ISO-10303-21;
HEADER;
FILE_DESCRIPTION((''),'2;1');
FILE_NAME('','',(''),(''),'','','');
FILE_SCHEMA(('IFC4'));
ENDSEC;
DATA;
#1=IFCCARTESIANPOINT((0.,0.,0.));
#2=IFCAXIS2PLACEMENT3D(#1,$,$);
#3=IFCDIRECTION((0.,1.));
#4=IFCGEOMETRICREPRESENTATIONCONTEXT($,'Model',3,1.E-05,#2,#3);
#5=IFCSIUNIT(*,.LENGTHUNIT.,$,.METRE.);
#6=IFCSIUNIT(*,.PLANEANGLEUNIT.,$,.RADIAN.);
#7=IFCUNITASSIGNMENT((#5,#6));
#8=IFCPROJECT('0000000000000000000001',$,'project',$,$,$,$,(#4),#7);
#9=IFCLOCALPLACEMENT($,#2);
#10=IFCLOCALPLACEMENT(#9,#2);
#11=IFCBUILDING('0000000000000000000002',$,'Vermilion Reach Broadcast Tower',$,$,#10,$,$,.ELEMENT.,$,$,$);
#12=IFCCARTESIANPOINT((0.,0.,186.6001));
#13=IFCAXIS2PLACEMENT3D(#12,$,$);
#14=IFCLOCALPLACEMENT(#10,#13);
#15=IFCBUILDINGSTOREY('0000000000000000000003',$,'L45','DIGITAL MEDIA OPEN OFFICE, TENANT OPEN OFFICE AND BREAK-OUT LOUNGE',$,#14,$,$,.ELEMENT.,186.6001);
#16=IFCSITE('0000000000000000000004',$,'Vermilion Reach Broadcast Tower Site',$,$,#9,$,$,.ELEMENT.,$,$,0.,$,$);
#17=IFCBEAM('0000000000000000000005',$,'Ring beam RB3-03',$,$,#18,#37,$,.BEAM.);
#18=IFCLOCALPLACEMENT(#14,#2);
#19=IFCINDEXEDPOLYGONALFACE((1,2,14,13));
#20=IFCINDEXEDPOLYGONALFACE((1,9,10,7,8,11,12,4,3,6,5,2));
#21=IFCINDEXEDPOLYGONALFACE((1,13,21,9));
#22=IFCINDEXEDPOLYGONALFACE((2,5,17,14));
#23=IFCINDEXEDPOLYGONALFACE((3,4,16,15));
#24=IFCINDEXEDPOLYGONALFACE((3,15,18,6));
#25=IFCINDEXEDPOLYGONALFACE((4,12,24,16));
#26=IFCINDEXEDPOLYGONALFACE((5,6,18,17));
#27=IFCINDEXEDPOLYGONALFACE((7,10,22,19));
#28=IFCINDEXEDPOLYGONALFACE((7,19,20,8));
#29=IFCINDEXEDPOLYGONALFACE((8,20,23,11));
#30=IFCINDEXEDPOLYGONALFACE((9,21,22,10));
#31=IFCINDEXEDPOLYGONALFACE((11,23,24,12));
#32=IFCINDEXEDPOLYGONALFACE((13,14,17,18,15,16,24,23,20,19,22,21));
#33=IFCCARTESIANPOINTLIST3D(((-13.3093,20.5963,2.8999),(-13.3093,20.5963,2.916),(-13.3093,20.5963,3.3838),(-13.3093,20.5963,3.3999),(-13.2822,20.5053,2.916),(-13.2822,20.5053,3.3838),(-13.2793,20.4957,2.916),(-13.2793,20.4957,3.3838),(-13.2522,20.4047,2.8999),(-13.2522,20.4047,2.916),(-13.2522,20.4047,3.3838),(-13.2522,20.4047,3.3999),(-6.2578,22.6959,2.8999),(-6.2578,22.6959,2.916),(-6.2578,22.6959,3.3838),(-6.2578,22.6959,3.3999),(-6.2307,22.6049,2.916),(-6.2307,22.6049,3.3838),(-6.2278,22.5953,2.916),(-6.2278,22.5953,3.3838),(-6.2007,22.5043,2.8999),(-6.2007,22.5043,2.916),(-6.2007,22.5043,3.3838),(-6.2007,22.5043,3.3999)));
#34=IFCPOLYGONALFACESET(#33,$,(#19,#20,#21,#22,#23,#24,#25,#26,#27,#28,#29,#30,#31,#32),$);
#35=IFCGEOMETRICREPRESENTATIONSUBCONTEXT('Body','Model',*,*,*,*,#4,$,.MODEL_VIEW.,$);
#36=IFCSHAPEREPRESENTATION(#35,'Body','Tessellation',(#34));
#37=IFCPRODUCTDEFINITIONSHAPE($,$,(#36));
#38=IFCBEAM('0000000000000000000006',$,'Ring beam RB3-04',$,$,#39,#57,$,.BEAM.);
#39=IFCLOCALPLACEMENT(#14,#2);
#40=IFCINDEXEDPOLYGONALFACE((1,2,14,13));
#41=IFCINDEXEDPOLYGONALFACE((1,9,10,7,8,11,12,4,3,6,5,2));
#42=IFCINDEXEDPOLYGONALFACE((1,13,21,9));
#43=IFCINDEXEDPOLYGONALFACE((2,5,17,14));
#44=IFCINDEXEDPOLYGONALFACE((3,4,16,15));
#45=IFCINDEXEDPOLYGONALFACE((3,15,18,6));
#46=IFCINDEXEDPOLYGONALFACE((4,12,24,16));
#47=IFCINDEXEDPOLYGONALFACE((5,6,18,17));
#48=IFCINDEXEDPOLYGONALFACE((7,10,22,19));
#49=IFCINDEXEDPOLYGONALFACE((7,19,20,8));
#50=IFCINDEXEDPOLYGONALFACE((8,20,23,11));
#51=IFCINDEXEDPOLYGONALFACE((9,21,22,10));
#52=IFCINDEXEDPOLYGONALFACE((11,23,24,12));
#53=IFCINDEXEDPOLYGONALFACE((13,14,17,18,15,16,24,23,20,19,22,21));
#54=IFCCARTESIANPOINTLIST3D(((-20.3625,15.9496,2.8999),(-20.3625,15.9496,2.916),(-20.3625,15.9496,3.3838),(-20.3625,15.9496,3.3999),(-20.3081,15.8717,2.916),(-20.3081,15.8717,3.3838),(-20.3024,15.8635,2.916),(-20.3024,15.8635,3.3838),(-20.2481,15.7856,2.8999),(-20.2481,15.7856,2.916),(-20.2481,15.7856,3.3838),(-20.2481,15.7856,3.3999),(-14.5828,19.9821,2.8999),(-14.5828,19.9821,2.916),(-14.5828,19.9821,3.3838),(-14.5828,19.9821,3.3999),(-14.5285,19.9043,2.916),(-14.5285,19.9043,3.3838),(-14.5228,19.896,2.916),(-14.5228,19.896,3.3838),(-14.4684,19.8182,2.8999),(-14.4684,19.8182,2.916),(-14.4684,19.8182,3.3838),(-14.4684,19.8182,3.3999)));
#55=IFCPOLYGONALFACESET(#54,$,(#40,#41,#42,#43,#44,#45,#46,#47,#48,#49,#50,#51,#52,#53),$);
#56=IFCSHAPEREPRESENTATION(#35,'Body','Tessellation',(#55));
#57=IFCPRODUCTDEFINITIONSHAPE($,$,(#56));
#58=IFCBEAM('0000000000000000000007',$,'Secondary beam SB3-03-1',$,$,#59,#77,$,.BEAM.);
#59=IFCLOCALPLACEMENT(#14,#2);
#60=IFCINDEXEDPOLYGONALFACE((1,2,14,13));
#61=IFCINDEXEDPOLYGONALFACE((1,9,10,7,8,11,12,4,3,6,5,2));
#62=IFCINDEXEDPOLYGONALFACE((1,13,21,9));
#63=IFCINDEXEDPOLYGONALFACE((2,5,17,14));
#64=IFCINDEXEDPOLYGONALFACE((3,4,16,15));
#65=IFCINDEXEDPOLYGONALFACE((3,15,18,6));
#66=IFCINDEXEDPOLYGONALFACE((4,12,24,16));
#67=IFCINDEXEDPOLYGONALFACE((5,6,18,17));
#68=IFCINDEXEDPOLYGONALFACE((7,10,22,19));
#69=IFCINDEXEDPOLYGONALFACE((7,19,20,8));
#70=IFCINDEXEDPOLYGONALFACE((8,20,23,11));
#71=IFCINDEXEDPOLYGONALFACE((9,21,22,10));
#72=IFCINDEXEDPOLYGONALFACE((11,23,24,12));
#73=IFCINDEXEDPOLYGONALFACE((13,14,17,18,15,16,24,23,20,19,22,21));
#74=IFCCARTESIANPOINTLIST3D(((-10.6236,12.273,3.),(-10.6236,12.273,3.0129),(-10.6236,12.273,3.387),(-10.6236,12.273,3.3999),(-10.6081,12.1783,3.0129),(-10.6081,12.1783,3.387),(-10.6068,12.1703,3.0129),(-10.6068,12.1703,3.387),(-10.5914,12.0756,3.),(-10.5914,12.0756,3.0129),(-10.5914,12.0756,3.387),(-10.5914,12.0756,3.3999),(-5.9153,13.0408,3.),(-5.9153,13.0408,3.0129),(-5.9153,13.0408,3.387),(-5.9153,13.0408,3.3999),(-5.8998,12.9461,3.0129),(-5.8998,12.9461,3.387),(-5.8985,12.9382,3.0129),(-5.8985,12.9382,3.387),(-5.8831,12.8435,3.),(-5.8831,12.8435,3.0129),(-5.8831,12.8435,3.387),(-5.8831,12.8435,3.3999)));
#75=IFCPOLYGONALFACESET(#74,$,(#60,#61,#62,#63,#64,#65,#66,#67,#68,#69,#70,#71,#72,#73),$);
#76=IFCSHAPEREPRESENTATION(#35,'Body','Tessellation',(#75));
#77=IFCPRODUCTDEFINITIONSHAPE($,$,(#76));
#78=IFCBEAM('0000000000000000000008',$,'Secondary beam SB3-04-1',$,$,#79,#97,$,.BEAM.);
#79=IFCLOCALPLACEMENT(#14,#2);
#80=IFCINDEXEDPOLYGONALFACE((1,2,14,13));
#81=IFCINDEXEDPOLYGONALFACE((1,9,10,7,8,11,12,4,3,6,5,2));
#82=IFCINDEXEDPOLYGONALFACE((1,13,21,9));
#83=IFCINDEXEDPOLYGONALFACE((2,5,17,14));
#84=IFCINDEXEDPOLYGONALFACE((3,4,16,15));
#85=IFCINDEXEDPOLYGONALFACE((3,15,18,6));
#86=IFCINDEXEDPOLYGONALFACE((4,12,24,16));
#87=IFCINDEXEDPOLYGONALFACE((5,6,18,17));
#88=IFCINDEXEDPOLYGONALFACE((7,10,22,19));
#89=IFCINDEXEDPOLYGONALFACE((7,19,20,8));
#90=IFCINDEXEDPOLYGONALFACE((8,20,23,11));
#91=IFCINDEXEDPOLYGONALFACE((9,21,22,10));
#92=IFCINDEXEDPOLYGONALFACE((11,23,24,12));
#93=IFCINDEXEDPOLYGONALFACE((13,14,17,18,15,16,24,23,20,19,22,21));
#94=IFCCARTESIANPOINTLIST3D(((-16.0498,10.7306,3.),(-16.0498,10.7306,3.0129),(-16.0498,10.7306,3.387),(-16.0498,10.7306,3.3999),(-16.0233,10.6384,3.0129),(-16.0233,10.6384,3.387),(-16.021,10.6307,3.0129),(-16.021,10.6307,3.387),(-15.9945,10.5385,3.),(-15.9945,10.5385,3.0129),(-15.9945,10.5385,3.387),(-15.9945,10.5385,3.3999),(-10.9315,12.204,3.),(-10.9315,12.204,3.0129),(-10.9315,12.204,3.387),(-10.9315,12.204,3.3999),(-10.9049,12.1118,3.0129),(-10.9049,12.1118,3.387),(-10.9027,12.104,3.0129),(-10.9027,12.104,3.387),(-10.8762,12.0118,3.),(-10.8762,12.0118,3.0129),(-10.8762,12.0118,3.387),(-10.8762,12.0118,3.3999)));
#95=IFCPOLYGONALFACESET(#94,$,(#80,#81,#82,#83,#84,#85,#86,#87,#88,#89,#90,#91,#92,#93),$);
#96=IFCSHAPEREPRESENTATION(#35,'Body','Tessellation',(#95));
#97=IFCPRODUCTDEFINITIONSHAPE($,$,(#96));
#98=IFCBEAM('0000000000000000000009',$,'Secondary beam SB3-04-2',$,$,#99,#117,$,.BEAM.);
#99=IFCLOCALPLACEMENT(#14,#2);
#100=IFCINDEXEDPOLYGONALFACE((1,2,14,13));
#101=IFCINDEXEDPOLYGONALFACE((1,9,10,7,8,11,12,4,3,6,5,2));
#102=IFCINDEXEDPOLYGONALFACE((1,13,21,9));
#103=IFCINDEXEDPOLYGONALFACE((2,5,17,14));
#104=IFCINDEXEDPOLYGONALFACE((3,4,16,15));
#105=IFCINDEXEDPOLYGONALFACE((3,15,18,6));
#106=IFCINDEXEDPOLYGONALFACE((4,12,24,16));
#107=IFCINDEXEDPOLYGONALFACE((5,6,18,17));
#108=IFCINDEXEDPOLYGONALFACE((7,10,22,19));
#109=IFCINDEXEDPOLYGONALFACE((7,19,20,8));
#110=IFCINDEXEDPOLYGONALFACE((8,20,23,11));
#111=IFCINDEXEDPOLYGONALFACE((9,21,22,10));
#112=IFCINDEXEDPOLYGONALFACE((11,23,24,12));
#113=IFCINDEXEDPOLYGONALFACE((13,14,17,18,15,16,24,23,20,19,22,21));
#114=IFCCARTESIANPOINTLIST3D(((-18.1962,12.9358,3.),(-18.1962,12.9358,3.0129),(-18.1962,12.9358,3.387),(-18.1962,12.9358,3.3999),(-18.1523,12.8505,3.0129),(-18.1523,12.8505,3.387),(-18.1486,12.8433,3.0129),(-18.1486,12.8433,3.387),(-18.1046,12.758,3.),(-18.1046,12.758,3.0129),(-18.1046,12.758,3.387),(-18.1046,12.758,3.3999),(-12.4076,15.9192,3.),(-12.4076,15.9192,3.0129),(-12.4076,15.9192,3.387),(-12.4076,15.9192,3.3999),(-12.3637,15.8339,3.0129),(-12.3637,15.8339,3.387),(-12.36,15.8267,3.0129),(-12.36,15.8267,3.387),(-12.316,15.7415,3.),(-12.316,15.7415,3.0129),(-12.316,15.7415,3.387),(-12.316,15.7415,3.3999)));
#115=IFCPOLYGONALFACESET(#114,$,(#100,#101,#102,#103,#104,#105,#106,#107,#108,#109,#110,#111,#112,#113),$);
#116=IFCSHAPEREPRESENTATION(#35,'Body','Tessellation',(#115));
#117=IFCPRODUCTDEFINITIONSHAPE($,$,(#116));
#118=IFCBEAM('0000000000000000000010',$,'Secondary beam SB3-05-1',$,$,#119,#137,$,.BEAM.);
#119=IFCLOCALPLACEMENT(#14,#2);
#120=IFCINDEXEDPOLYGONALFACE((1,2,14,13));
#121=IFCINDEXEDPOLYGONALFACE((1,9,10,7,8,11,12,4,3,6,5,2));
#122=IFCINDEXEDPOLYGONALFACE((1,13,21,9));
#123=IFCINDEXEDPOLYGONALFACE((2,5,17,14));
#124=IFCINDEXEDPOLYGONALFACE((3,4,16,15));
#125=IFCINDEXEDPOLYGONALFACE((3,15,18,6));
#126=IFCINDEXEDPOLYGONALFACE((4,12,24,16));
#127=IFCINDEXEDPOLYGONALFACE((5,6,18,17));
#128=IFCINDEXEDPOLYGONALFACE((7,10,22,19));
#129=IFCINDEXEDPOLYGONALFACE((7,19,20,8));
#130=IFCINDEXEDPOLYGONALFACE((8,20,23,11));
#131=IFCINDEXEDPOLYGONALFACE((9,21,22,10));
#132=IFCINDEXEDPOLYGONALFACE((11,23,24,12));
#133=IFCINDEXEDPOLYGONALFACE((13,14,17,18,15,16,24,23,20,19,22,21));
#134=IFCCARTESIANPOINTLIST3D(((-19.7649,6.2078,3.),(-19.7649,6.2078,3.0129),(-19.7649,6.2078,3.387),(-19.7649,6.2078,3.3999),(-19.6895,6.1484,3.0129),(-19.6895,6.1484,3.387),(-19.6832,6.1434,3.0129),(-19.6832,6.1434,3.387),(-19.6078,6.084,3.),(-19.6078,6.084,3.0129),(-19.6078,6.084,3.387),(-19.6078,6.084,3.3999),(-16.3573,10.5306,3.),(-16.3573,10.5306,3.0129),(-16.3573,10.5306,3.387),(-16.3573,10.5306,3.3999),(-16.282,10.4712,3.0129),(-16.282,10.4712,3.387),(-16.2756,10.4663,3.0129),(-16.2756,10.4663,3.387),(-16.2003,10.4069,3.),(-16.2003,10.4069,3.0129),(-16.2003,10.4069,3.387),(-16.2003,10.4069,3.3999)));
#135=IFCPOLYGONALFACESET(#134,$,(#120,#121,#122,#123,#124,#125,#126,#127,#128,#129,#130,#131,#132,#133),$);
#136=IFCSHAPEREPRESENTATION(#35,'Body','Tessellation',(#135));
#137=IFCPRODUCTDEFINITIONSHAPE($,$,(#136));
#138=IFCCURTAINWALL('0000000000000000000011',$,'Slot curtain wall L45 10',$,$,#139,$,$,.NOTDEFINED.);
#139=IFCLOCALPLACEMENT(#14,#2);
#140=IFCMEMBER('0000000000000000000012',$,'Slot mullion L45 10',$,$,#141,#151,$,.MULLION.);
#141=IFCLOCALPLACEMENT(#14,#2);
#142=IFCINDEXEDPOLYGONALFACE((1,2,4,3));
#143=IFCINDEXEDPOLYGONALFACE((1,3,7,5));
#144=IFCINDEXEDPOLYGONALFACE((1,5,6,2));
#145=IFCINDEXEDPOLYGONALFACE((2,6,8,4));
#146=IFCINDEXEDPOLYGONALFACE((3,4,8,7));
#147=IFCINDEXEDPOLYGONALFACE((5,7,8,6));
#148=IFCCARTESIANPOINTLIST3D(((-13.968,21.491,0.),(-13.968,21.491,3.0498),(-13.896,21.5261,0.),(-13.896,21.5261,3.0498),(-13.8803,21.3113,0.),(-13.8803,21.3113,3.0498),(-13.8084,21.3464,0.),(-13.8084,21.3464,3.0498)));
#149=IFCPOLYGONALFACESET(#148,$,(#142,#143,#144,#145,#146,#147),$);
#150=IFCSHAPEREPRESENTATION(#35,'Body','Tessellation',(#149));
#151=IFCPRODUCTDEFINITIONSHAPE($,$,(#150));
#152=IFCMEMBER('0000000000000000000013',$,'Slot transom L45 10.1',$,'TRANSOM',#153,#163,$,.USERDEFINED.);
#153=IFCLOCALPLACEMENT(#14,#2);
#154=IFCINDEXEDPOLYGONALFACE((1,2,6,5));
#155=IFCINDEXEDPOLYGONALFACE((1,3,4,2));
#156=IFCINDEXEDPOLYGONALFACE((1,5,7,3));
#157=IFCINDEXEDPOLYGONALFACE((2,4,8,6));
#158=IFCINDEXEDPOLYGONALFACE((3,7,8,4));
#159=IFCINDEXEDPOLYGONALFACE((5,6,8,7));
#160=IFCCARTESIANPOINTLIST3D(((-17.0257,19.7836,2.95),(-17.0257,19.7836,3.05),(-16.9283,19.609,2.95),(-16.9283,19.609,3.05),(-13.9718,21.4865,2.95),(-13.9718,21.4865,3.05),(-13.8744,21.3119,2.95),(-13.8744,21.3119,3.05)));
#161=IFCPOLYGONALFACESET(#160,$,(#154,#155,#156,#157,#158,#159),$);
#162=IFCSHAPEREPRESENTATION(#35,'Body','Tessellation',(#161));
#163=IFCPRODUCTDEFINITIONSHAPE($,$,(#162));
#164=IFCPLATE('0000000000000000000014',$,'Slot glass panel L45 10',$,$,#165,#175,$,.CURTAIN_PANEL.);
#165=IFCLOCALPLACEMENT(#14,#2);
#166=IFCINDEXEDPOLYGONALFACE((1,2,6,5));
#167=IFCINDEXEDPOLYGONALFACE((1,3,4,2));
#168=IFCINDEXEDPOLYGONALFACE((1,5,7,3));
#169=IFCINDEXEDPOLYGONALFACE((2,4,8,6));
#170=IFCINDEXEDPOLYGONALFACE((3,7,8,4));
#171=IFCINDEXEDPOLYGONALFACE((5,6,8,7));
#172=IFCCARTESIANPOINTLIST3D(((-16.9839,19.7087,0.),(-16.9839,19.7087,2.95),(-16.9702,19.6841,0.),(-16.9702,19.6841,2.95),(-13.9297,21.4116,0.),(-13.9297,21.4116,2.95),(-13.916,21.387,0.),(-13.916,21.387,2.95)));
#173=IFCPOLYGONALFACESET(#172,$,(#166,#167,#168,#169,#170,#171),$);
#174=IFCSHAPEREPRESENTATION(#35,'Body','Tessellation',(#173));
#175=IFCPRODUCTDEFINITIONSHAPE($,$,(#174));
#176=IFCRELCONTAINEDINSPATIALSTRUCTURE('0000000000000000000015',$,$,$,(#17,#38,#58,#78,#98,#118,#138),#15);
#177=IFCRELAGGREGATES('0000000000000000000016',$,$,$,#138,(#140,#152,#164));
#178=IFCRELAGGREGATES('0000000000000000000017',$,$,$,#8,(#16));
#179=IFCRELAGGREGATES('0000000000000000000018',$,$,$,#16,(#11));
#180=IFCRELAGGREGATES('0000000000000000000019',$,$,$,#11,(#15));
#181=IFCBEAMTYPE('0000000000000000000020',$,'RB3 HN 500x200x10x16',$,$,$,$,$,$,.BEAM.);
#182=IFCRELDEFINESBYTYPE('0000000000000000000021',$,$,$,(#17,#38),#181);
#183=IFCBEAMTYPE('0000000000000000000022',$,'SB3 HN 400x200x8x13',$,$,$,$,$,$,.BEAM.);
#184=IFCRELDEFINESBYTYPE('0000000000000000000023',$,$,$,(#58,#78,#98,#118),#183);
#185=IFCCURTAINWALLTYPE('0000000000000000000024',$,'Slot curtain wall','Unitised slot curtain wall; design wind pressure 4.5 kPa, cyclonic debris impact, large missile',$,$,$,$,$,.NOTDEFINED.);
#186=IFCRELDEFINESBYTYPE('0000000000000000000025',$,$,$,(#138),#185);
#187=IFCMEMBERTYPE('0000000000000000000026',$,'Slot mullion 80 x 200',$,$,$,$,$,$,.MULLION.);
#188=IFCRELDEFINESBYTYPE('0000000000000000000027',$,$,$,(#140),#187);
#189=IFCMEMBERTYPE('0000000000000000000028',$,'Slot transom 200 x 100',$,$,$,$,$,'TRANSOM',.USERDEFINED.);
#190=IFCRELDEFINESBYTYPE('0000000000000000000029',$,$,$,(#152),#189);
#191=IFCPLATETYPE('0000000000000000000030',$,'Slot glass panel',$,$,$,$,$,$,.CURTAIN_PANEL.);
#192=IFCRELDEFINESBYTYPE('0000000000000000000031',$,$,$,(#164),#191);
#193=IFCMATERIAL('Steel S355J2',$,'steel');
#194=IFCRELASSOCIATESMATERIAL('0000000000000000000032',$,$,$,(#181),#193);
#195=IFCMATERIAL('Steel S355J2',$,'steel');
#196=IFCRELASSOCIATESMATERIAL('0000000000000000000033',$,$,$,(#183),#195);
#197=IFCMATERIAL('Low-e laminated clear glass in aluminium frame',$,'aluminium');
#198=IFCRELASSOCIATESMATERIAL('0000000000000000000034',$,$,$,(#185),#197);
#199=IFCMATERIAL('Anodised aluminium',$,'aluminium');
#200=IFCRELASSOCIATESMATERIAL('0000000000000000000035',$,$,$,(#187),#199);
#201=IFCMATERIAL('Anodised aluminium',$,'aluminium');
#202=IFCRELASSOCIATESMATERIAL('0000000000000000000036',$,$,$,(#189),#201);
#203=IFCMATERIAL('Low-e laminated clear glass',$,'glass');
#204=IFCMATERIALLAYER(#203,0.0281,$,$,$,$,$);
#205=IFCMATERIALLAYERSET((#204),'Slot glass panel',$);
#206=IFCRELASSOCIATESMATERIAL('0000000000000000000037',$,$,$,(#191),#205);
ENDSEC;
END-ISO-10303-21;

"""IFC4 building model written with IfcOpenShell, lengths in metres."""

from ifc_helpers import new_model, si_unit, direction, frame, origin, origin_2d, place, context, subcontext, project, spatial, rectangle, i_section, extrude, material, layer, layer_set, material_profile, profile_set, type_object, element, aggregate, save


model = new_model("IFC4")

# Units and contexts
model_context = context("Model", 3, precision=1e-05, world=origin(), true_north=direction((0.0, 1.0)))
body_context = subcontext(model_context, "Body", "Model", "MODEL_VIEW")
ifc_project = project(units=[si_unit("LENGTHUNIT", "METRE"), si_unit("PLANEANGLEUNIT", "RADIAN")], contexts=[model_context])

# Site, building, storey
site_placement = place(None, origin())
site = spatial("IfcSite", under=ifc_project, at=site_placement, Name="Vermilion Reach Broadcast Tower Site", CompositionType="ELEMENT", RefElevation=0.0)
building_placement = place(site_placement, origin())
building = spatial("IfcBuilding", under=site, at=building_placement, Name="Vermilion Reach Broadcast Tower", CompositionType="ELEMENT")
storey_placement = place(building_placement, frame((0.0, 0.0, 186.6001)))
storey = spatial("IfcBuildingStorey", under=building, at=storey_placement, Name="L45", Description="DIGITAL MEDIA OPEN OFFICE, TENANT OPEN OFFICE AND BREAK-OUT LOUNGE", CompositionType="ELEMENT", Elevation=186.6001)

# Beams
ifc_material_1 = material(Name="Steel S355J2", Category="steel")
ifc_material_profile_1 = material_profile(ifc_material_1, i_section(OverallWidth=0.2, OverallDepth=0.5, WebThickness=0.01, FlangeThickness=0.0161, at=origin_2d()), Name="S355J2 HN 500x200x10x16")
ifc_profile_set_1 = profile_set([ifc_material_profile_1], Name="Steel S355J2")
beam_type_1 = type_object("IfcBeamType", Name="RB3 HN 500x200x10x16", PredefinedType="BEAM", material=ifc_profile_set_1)
beam_1_placement = place(storey_placement, frame((-6.2292, 22.6001, 3.1499), z_axis=(-0.958417, -0.285372, 0.0), x_axis=(0.285372, -0.958417, 0.0)))
element("IfcBeam", 1, at=beam_1_placement, inside=storey, type_object=beam_type_1, Name="Ring beam RB3-03", PredefinedType="BEAM", context=body_context, shape_type="SweptSolid", body=[
    extrude(i_section(OverallWidth=0.2, OverallDepth=0.5, WebThickness=0.01, FlangeThickness=0.0161, at=origin_2d()), origin(), (0.0, 0.0, 1.0), 7.3574),
])
beam_2_placement = place(storey_placement, frame((-14.5256, 19.9001, 3.1499), z_axis=(-0.820111, -0.572204, 0.0), x_axis=(0.572204, -0.820111, 0.0)))
element("IfcBeam", 2, at=beam_2_placement, inside=storey, type_object=beam_type_1, Name="Ring beam RB3-04", PredefinedType="BEAM", context=body_context, shape_type="SweptSolid", body=[
    extrude(i_section(OverallWidth=0.2, OverallDepth=0.5, WebThickness=0.01, FlangeThickness=0.0161, at=origin_2d()), origin(), (0.0, 0.0, 1.0), 7.0474),
])
ifc_material_2 = material(Name="Steel S355J2", Category="steel")
ifc_material_profile_2 = material_profile(ifc_material_2, i_section(OverallWidth=0.2, OverallDepth=0.3999, WebThickness=0.0081, FlangeThickness=0.0129, at=origin_2d()), Name="S355J2 HN 400x200x8x13")
ifc_profile_set_2 = profile_set([ifc_material_profile_2], Name="Steel S355J2")
beam_type_2 = type_object("IfcBeamType", Name="SB3 HN 400x200x8x13", PredefinedType="BEAM", material=ifc_profile_set_2)
beam_3_placement = place(storey_placement, frame((-5.8992, 12.9421, 3.2), z_axis=(-0.986962, -0.160954, 0.0), x_axis=(0.160954, -0.986962, 0.0)))
element("IfcBeam", 3, at=beam_3_placement, inside=storey, type_object=beam_type_2, Name="Secondary beam SB3-03-1", PredefinedType="BEAM", context=body_context, shape_type="SweptSolid", body=[
    extrude(i_section(OverallWidth=0.2, OverallDepth=0.3999, WebThickness=0.0081, FlangeThickness=0.0129, at=origin_2d()), origin(), (0.0, 0.0, 1.0), 4.7705),
])
beam_4_placement = place(storey_placement, frame((-10.9038, 12.1079, 3.2), z_axis=(-0.960977, -0.276628, 0.0), x_axis=(0.276628, -0.960977, 0.0)))
element("IfcBeam", 4, at=beam_4_placement, inside=storey, type_object=beam_type_2, Name="Secondary beam SB3-04-1", PredefinedType="BEAM", context=body_context, shape_type="SweptSolid", body=[
    extrude(i_section(OverallWidth=0.2, OverallDepth=0.3999, WebThickness=0.0081, FlangeThickness=0.0129, at=origin_2d()), origin(), (0.0, 0.0, 1.0), 5.3262),
])
beam_5_placement = place(storey_placement, frame((-12.3618, 15.8303, 3.2), z_axis=(-0.888887, -0.458127, 0.0), x_axis=(0.458127, -0.888887, 0.0)))
element("IfcBeam", 5, at=beam_5_placement, inside=storey, type_object=beam_type_2, Name="Secondary beam SB3-04-2", PredefinedType="BEAM", context=body_context, shape_type="SweptSolid", body=[
    extrude(i_section(OverallWidth=0.2, OverallDepth=0.3999, WebThickness=0.0081, FlangeThickness=0.0129, at=origin_2d()), origin(), (0.0, 0.0, 1.0), 6.5122),
])
beam_6_placement = place(storey_placement, frame((-16.2788, 10.4688, 3.2), z_axis=(-0.619059, -0.785345, 0.0), x_axis=(0.785345, -0.619059, 0.0)))
element("IfcBeam", 6, at=beam_6_placement, inside=storey, type_object=beam_type_2, Name="Secondary beam SB3-05-1", PredefinedType="BEAM", context=body_context, shape_type="SweptSolid", body=[
    extrude(i_section(OverallWidth=0.2, OverallDepth=0.3999, WebThickness=0.0081, FlangeThickness=0.0129, at=origin_2d()), origin(), (0.0, 0.0, 1.0), 5.5044),
])

# Curtain wall, members, plate
ifc_material_3 = material(Name="Low-e laminated clear glass in aluminium frame", Category="aluminium")
curtain_wall_type = type_object("IfcCurtainWallType", Name="Slot curtain wall", Description="Unitised slot curtain wall; design wind pressure 4.5 kPa, cyclonic debris impact, large missile", PredefinedType="NOTDEFINED", material=ifc_material_3)
curtain_wall_placement = place(storey_placement, origin())
curtain_wall = element("IfcCurtainWall", 7, at=curtain_wall_placement, inside=storey, type_object=curtain_wall_type, Name="Slot curtain wall L45 10", PredefinedType="NOTDEFINED")
ifc_material_4 = material(Name="Anodised aluminium", Category="aluminium")
ifc_material_profile_3 = material_profile(ifc_material_4, rectangle(XDim=0.2, YDim=0.0801, at=origin_2d()), Name="Slot mullion 80 x 200")
ifc_profile_set_3 = profile_set([ifc_material_profile_3], Name="Anodised aluminium")
member_type_1 = type_object("IfcMemberType", Name="Slot mullion 80 x 200", PredefinedType="MULLION", material=ifc_profile_set_3)
member_1_placement = place(storey_placement, frame((-13.8882, 21.4187, 0.0), z_axis=(0.0, 0.0, 1.0), x_axis=(0.438356, -0.898802, 0.0)))
member_1 = element("IfcMember", 8, at=member_1_placement, type_object=member_type_1, Name="Slot mullion L45 10", PredefinedType="MULLION", context=body_context, shape_type="SweptSolid", body=[
    extrude(rectangle(XDim=0.2, YDim=0.0801, at=origin_2d()), origin(), (0.0, 0.0, 1.0), 3.0498),
])
ifc_material_5 = material(Name="Anodised aluminium", Category="aluminium")
ifc_material_profile_4 = material_profile(ifc_material_5, rectangle(XDim=0.2, YDim=0.1001, at=origin_2d()), Name="Slot transom 200 x 100")
ifc_profile_set_4 = profile_set([ifc_material_profile_4], Name="Anodised aluminium")
member_type_2 = type_object("IfcMemberType", Name="Slot transom 200 x 100", ElementType="TRANSOM", PredefinedType="USERDEFINED", material=ifc_profile_set_4)
member_2_placement = place(storey_placement, frame((-13.9231, 21.3992, 3.0), z_axis=(-0.873399, -0.487006, 0.0), x_axis=(0.487006, -0.873399, 0.0)))
member_2 = element("IfcMember", 9, at=member_2_placement, type_object=member_type_2, Name="Slot transom L45 10.1", ObjectType="TRANSOM", PredefinedType="USERDEFINED", context=body_context, shape_type="SweptSolid", body=[
    extrude(rectangle(XDim=0.2, YDim=0.1001, at=origin_2d()), origin(), (0.0, 0.0, 1.0), 3.4966),
])
ifc_material_6 = material(Name="Low-e laminated clear glass", Category="glass")
ifc_layer_1 = layer(ifc_material_6, 0.0281)
ifc_layer_set_1 = layer_set([ifc_layer_1], Name="Slot glass panel")
plate_type = type_object("IfcPlateType", Name="Slot glass panel", PredefinedType="CURTAIN_PANEL", material=ifc_layer_set_1)
plate_placement = place(storey_placement, frame((-15.45, 20.5479, 0.0), z_axis=(0.0, 0.0, 1.0), x_axis=(-0.873412, -0.486983, 0.0)))
plate = element("IfcPlate", 10, at=plate_placement, type_object=plate_type, Name="Slot glass panel L45 10", PredefinedType="CURTAIN_PANEL", context=body_context, shape_type="SweptSolid", body=[
    extrude(rectangle(XDim=3.4968, YDim=0.0281, at=origin_2d()), origin(), (0.0, 0.0, 1.0), 2.95),
])
aggregate(curtain_wall, [member_1, member_2, plate])

save(model, "model.ifc")
